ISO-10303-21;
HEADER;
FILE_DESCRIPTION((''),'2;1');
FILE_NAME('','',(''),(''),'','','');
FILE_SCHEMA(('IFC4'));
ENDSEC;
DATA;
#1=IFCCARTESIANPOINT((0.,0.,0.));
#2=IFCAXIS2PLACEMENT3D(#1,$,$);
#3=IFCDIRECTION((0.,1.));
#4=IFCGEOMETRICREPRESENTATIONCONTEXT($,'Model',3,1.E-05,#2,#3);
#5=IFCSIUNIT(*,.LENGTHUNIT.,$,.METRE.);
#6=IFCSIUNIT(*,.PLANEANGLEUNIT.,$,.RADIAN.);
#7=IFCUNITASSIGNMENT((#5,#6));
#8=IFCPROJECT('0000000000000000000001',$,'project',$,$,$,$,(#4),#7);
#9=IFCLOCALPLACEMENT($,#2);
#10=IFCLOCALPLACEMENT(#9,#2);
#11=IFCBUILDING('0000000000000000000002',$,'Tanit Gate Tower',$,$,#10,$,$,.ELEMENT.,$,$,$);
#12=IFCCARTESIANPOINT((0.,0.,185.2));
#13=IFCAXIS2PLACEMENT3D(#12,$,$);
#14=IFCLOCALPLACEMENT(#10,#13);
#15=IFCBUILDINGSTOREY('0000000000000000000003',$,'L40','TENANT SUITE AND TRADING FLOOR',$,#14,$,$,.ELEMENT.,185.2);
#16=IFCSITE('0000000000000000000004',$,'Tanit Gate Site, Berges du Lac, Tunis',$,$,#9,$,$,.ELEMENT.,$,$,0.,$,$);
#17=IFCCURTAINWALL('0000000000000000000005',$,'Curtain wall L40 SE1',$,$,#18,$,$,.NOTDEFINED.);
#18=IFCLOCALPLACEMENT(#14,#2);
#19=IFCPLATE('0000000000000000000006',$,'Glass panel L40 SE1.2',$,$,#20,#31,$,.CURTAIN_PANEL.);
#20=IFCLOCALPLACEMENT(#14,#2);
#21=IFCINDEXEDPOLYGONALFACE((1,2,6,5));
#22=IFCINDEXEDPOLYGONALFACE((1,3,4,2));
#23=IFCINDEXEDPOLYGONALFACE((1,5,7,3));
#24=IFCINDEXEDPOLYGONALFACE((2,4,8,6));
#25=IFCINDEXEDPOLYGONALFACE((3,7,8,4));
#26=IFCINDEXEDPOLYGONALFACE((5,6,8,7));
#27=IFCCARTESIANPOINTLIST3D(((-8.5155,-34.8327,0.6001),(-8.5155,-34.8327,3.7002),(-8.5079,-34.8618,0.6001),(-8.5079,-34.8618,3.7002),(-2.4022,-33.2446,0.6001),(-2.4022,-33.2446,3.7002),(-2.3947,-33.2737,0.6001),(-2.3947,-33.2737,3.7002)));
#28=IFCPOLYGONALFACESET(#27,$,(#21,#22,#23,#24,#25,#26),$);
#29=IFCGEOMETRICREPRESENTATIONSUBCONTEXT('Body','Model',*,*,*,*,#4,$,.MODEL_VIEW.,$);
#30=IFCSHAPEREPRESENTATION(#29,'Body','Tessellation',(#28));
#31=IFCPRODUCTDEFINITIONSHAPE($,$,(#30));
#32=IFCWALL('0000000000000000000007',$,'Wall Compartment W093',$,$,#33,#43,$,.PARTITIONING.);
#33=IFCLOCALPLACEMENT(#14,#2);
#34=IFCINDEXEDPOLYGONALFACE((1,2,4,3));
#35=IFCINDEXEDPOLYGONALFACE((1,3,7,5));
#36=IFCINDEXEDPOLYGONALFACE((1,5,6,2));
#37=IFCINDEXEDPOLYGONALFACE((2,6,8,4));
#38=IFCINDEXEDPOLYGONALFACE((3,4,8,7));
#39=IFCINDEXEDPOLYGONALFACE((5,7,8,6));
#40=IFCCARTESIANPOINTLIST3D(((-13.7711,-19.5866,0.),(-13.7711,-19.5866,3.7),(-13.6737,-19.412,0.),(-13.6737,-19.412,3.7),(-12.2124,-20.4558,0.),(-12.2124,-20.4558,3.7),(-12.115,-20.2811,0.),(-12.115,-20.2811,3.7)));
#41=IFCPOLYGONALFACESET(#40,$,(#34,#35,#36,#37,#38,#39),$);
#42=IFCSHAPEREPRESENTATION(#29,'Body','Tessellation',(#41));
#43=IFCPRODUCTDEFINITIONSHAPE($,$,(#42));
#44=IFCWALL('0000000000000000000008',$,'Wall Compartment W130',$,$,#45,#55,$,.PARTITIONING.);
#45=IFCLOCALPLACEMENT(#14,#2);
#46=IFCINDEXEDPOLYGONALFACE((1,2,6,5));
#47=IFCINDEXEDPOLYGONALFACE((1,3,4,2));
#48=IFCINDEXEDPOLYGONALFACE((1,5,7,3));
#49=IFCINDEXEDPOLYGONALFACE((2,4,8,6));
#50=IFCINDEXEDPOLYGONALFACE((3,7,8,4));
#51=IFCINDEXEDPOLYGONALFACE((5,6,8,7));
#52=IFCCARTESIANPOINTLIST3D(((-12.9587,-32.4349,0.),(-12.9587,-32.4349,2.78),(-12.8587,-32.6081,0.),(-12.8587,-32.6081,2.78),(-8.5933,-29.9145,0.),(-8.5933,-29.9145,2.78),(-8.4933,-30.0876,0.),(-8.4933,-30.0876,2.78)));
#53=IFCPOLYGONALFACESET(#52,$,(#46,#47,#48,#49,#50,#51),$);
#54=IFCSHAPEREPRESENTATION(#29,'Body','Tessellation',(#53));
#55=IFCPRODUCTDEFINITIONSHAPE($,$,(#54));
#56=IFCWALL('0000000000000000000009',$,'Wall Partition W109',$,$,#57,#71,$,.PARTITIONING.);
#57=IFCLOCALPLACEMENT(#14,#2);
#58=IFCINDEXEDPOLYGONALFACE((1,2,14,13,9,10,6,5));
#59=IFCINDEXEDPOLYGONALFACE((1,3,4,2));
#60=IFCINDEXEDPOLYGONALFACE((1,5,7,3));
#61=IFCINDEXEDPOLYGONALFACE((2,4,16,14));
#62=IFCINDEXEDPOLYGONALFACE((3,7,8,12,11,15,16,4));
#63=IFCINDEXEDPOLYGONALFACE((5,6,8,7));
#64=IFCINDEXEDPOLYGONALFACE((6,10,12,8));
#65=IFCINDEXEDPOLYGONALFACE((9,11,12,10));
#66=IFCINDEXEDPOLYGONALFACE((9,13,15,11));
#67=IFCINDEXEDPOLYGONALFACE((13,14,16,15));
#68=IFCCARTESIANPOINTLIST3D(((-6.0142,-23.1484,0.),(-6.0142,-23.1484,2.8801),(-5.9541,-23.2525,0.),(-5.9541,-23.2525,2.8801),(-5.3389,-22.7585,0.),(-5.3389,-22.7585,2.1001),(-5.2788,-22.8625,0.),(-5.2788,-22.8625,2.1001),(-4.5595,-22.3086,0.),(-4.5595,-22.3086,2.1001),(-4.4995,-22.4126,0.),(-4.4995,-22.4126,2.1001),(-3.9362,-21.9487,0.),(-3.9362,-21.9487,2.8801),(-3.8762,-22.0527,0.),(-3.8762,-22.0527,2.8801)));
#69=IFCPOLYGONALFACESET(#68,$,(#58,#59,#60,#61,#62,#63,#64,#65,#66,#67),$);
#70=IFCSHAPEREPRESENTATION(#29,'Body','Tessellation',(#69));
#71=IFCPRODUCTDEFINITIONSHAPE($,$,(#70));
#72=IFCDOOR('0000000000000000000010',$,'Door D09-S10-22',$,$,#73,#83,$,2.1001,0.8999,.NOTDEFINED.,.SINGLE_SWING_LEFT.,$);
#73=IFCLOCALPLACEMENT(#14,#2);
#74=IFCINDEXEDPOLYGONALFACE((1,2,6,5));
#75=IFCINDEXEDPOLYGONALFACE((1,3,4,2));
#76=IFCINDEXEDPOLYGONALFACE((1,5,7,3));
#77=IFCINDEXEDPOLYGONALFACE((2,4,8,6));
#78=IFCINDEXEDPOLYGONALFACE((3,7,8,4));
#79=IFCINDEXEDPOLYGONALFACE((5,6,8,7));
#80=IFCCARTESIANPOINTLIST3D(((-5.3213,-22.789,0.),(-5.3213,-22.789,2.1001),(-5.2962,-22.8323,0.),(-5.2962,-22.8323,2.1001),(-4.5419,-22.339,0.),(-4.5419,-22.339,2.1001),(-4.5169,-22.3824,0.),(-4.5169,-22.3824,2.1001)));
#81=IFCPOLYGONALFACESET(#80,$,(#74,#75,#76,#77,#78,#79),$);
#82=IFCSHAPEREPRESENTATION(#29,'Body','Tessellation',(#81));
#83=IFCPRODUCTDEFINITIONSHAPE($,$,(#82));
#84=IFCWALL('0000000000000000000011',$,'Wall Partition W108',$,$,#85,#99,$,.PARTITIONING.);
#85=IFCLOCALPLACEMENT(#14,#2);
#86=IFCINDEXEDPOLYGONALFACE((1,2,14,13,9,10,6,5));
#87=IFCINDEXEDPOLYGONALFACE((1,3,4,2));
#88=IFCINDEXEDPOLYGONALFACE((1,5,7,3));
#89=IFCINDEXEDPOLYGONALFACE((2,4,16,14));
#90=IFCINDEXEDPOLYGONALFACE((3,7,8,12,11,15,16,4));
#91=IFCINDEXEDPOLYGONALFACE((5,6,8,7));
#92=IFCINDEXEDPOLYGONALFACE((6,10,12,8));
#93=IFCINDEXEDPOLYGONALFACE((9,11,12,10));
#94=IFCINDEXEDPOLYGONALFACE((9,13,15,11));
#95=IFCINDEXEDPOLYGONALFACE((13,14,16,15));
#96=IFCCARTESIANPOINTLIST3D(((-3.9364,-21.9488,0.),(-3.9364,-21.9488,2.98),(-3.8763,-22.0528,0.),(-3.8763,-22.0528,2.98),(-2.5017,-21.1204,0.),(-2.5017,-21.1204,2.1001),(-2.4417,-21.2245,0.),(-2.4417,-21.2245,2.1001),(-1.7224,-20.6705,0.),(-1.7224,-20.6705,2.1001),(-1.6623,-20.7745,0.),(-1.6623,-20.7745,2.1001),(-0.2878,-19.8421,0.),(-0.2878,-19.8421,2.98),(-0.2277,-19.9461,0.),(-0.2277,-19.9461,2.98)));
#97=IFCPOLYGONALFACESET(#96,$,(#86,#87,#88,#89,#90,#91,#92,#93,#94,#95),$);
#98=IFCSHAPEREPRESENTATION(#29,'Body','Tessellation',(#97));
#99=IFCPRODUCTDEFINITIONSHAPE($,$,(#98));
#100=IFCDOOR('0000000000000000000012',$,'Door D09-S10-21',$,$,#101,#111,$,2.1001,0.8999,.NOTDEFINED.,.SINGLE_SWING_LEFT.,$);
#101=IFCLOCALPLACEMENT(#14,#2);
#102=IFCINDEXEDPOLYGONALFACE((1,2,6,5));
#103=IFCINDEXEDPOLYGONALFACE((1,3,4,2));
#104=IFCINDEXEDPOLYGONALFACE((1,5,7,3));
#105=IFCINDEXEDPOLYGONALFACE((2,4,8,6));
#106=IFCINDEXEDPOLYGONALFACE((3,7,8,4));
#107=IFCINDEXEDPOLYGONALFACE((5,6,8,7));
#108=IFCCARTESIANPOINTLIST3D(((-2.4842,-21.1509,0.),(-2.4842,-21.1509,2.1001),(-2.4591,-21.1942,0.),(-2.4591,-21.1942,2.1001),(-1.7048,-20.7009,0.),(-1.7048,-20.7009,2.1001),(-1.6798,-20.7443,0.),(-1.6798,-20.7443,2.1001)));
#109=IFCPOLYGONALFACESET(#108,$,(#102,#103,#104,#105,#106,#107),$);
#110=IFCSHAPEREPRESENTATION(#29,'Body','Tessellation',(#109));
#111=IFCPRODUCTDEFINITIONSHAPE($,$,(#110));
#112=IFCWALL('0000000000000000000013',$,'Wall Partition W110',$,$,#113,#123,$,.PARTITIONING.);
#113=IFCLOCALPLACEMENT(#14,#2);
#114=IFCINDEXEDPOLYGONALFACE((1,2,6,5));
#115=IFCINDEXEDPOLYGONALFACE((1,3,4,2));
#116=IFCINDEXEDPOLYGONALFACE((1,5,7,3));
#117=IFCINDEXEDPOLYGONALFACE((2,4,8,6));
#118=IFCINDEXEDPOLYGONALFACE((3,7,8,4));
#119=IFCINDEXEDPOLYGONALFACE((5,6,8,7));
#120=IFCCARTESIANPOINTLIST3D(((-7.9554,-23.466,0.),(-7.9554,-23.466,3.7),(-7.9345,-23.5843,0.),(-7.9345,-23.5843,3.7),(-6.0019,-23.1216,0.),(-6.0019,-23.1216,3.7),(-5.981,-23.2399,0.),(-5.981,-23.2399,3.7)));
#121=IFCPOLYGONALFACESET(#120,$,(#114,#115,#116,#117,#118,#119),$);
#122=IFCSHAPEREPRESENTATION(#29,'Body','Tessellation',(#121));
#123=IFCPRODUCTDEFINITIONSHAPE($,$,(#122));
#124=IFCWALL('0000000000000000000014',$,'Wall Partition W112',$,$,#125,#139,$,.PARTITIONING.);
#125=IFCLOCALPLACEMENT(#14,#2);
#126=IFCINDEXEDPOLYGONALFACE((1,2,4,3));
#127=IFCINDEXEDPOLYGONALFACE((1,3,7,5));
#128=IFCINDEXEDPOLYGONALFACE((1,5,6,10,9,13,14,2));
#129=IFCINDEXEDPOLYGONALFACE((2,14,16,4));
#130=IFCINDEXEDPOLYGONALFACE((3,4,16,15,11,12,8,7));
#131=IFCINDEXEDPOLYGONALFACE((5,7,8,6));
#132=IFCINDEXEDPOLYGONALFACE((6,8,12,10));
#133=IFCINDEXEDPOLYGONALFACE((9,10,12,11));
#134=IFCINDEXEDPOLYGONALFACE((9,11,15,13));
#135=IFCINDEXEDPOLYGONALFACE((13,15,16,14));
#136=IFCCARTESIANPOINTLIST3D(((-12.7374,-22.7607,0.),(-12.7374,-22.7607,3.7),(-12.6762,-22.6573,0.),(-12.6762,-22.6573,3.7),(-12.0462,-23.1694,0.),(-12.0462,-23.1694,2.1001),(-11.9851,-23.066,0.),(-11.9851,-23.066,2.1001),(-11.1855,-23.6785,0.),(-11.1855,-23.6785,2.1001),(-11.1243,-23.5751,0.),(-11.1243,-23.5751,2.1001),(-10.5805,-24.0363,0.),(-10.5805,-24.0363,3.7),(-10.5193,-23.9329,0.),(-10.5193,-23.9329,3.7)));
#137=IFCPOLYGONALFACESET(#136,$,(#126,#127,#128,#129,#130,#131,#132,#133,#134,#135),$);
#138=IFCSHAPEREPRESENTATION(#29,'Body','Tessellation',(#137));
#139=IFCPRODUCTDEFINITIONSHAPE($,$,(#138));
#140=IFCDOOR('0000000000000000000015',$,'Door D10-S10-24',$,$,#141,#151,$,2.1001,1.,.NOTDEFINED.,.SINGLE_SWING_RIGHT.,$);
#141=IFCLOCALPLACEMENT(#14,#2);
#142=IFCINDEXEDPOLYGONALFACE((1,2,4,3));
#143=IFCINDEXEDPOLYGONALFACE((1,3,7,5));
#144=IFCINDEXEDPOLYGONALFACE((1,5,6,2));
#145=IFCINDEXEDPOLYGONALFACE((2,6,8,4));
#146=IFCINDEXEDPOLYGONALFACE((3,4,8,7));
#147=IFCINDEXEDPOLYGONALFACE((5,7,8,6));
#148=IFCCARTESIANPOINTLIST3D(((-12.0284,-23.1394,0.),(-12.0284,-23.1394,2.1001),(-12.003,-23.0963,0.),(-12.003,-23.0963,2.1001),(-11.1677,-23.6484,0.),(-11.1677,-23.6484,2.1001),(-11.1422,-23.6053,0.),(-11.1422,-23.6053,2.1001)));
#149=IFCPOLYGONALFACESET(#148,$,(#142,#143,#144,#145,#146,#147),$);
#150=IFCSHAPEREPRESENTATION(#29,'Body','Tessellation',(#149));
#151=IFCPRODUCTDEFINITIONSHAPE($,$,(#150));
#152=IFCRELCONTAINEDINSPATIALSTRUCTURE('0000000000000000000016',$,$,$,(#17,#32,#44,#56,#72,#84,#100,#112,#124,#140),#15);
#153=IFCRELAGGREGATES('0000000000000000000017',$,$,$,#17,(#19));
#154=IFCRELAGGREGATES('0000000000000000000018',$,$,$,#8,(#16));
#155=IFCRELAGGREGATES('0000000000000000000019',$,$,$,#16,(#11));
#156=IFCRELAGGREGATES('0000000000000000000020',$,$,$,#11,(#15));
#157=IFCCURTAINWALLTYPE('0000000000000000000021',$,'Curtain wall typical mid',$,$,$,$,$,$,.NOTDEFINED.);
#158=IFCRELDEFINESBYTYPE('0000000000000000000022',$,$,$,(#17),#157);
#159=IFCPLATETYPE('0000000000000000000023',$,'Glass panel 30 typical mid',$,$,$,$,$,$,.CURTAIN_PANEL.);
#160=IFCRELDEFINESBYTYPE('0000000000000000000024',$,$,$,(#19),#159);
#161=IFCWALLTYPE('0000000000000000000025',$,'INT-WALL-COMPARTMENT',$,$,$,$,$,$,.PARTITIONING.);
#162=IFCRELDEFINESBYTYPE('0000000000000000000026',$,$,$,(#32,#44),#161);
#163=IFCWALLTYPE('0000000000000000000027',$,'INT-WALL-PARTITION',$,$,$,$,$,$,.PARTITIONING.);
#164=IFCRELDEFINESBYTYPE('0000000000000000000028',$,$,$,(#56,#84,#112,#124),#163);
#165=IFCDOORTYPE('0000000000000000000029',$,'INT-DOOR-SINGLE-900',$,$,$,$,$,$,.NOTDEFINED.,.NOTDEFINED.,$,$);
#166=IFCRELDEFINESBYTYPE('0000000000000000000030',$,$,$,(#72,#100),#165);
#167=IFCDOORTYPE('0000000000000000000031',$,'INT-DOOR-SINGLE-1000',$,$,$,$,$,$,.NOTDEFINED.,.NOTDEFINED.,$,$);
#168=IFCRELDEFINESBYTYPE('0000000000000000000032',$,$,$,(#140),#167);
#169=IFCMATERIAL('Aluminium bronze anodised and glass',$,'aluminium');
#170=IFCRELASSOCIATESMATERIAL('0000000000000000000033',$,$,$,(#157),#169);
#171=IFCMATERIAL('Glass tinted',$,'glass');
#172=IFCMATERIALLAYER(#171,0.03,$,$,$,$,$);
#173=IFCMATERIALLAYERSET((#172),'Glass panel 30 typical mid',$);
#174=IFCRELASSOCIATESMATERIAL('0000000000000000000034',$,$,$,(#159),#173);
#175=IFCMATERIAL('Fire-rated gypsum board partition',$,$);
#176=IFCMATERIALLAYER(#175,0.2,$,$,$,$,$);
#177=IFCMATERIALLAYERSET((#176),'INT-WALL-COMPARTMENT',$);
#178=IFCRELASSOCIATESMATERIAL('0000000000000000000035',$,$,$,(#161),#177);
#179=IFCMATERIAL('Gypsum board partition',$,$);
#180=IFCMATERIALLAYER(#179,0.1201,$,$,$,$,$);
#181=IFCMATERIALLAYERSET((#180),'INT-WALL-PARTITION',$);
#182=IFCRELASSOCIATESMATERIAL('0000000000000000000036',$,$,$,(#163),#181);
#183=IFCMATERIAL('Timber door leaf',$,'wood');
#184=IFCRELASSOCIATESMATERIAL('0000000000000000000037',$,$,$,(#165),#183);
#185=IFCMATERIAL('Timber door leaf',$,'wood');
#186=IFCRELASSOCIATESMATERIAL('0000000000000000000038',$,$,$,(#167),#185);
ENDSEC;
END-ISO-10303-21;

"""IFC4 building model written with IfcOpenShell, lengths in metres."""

from ifc_helpers import new_model, si_unit, direction, frame, frame_2d, origin, origin_2d, place, context, subcontext, project, spatial, rectangle, extrude, material, layer, layer_set, type_object, element, fill, aggregate, save


model = new_model("IFC4")

# Units and contexts
model_context = context("Model", 3, precision=1e-05, world=origin(), true_north=direction((0.0, 1.0)))
body_context = subcontext(model_context, "Body", "Model", "MODEL_VIEW")
ifc_project = project(units=[si_unit("LENGTHUNIT", "METRE"), si_unit("PLANEANGLEUNIT", "RADIAN")], contexts=[model_context])

# Site, building, storey
site_placement = place(None, origin())
site = spatial("IfcSite", under=ifc_project, at=site_placement, Name="Tanit Gate Site, Berges du Lac, Tunis", CompositionType="ELEMENT", RefElevation=0.0)
building_placement = place(site_placement, origin())
building = spatial("IfcBuilding", under=site, at=building_placement, Name="Tanit Gate Tower", CompositionType="ELEMENT")
storey_placement = place(building_placement, frame((0.0, 0.0, 185.2)))
storey = spatial("IfcBuildingStorey", under=building, at=storey_placement, Name="L40", Description="TENANT SUITE AND TRADING FLOOR", CompositionType="ELEMENT", Elevation=185.2)

# Curtain wall
ifc_material_1 = material(Name="Aluminium bronze anodised and glass", Category="aluminium")
curtain_wall_type = type_object("IfcCurtainWallType", Name="Curtain wall typical mid", PredefinedType="NOTDEFINED", material=ifc_material_1)
curtain_wall_placement = place(storey_placement, origin())
curtain_wall = element("IfcCurtainWall", 1, at=curtain_wall_placement, inside=storey, type_object=curtain_wall_type, Name="Curtain wall L40 SE1", PredefinedType="NOTDEFINED")

# Plate
ifc_material_2 = material(Name="Glass tinted", Category="glass")
ifc_layer_1 = layer(ifc_material_2, 0.03)
ifc_layer_set_1 = layer_set([ifc_layer_1], Name="Glass panel 30 typical mid")
plate_type = type_object("IfcPlateType", Name="Glass panel 30 typical mid", PredefinedType="CURTAIN_PANEL", material=ifc_layer_set_1)
plate_1_placement = place(storey_placement, frame((-5.4551, -34.0532, 0.6001), z_axis=(0.0, 0.0, 1.0), x_axis=(0.967875, 0.251432, 0.0)))
plate_1 = element("IfcPlate", 2, at=plate_1_placement, type_object=plate_type, Name="Glass panel L40 SE1.2", PredefinedType="CURTAIN_PANEL", context=body_context, shape_type="SweptSolid", body=[
    extrude(rectangle(XDim=6.3162, YDim=0.03, at=origin_2d()), origin(), (0.0, 0.0, 1.0), 3.1001),
])
aggregate(curtain_wall, [plate_1])

# Walls
ifc_material_3 = material(Name="Fire-rated gypsum board partition")
ifc_layer_2 = layer(ifc_material_3, 0.2)
ifc_layer_set_2 = layer_set([ifc_layer_2], Name="INT-WALL-COMPARTMENT")
wall_type_1 = type_object("IfcWallType", Name="INT-WALL-COMPARTMENT", PredefinedType="PARTITIONING", material=ifc_layer_set_2)
wall_1_placement = place(storey_placement, frame((-13.7224, -19.4993, 0.0), z_axis=(0.0, 0.0, 1.0), x_axis=(0.873382, -0.487036, 0.0)))
element("IfcWall", 3, at=wall_1_placement, inside=storey, type_object=wall_type_1, Name="Wall Compartment W093", PredefinedType="PARTITIONING", context=body_context, shape_type="SweptSolid", body=[
    extrude(rectangle(XDim=1.7847, YDim=0.2, at=frame_2d((0.8923, 0.0))), origin(), (0.0, 0.0, 1.0), 3.7),
])
wall_2_placement = place(storey_placement, frame((-8.5432, -30.001, 0.0), z_axis=(0.0, 0.0, 1.0), x_axis=(-0.866017, -0.500015, 0.0)))
element("IfcWall", 4, at=wall_2_placement, inside=storey, type_object=wall_type_1, Name="Wall Compartment W130", PredefinedType="PARTITIONING", context=body_context, shape_type="SweptSolid", body=[
    extrude(rectangle(XDim=5.0408, YDim=0.2, at=frame_2d((2.5205, 0.0))), origin(), (0.0, 0.0, 1.0), 2.78),
])

# Walls, openings, doors
ifc_material_4 = material(Name="Gypsum board partition")
ifc_layer_3 = layer(ifc_material_4, 0.1201)
ifc_layer_set_3 = layer_set([ifc_layer_3], Name="INT-WALL-PARTITION")
wall_type_2 = type_object("IfcWallType", Name="INT-WALL-PARTITION", PredefinedType="PARTITIONING", material=ifc_layer_set_3)
wall_3_placement = place(storey_placement, frame((-5.9841, -23.2004, 0.0), z_axis=(0.0, 0.0, 1.0), x_axis=(0.866018, 0.500013, 0.0)))
wall_3 = element("IfcWall", 5, at=wall_3_placement, inside=storey, type_object=wall_type_2, Name="Wall Partition W109", PredefinedType="PARTITIONING", context=body_context, shape_type="SweptSolid", body=[
    extrude(rectangle(XDim=2.3994, YDim=0.1201, at=frame_2d((1.1997, 0.0))), origin(), (0.0, 0.0, 1.0), 2.8801),
])
opening_1_placement = place(wall_3_placement, frame((0.7798, 0.0, 0.0)))
opening_1 = element("IfcOpeningElement", 6, at=opening_1_placement, cuts=wall_3, PredefinedType="OPENING", context=body_context, shape_type="SweptSolid", body=[
    extrude(rectangle(XDim=0.8999, YDim=2.1001, at=frame_2d((0.45, 1.05))), frame((0.0, 0.0701, 0.0), z_axis=(0.0, -1.0, 0.0), x_axis=(1.0, 0.0, 0.0)), (0.0, 0.0, 1.0), 0.1401),
])
ifc_material_5 = material(Name="Timber door leaf", Category="wood")
door_type_1 = type_object("IfcDoorType", Name="INT-DOOR-SINGLE-900", OperationType="NOTDEFINED", PredefinedType="NOTDEFINED", material=ifc_material_5)
door_1_placement = place(opening_1_placement, origin())
door_1 = element("IfcDoor", 7, at=door_1_placement, inside=storey, type_object=door_type_1, Name="Door D09-S10-22", OperationType="SINGLE_SWING_LEFT", OverallHeight=2.1001, OverallWidth=0.8999, PredefinedType="NOTDEFINED", context=body_context, shape_type="SweptSolid", body=[
    extrude(rectangle(XDim=0.8999, YDim=2.1001, at=frame_2d((0.45, 1.05))), frame((0.0, 0.0249, 0.0), z_axis=(0.0, -1.0, 0.0), x_axis=(1.0, 0.0, 0.0)), (0.0, 0.0, 1.0), 0.05),
])
fill(opening_1, door_1)
wall_4_placement = place(storey_placement, frame((-3.9062, -22.0007, 0.0), z_axis=(0.0, 0.0, 1.0), x_axis=(0.866013, 0.500022, 0.0)))
wall_4 = element("IfcWall", 8, at=wall_4_placement, inside=storey, type_object=wall_type_2, Name="Wall Partition W108", PredefinedType="PARTITIONING", context=body_context, shape_type="SweptSolid", body=[
    extrude(rectangle(XDim=4.2131, YDim=0.1201, at=frame_2d((2.1064, 0.0))), origin(), (0.0, 0.0, 1.0), 2.98),
])
opening_2_placement = place(wall_4_placement, frame((1.6565, 0.0, 0.0)))
opening_2 = element("IfcOpeningElement", 9, at=opening_2_placement, cuts=wall_4, PredefinedType="OPENING", context=body_context, shape_type="SweptSolid", body=[
    extrude(rectangle(XDim=0.8999, YDim=2.1001, at=frame_2d((0.45, 1.05))), frame((0.0, 0.0701, 0.0), z_axis=(0.0, -1.0, 0.0), x_axis=(1.0, 0.0, 0.0)), (0.0, 0.0, 1.0), 0.1401),
])
door_2_placement = place(opening_2_placement, origin())
door_2 = element("IfcDoor", 10, at=door_2_placement, inside=storey, type_object=door_type_1, Name="Door D09-S10-21", OperationType="SINGLE_SWING_LEFT", OverallHeight=2.1001, OverallWidth=0.8999, PredefinedType="NOTDEFINED", context=body_context, shape_type="SweptSolid", body=[
    extrude(rectangle(XDim=0.8999, YDim=2.1001, at=frame_2d((0.45, 1.05))), frame((0.0, 0.0249, 0.0), z_axis=(0.0, -1.0, 0.0), x_axis=(1.0, 0.0, 0.0)), (0.0, 0.0, 1.0), 0.05),
])
fill(opening_2, door_2)

# Wall
wall_5_placement = place(storey_placement, frame((-7.9448, -23.5251, 0.0), z_axis=(0.0, 0.0, 1.0), x_axis=(0.984807, 0.173652, 0.0)))
element("IfcWall", 11, at=wall_5_placement, inside=storey, type_object=wall_type_2, Name="Wall Partition W110", PredefinedType="PARTITIONING", context=body_context, shape_type="SweptSolid", body=[
    extrude(rectangle(XDim=1.9836, YDim=0.1201, at=frame_2d((0.9917, 0.0))), origin(), (0.0, 0.0, 1.0), 3.7),
])

# Wall, opening, door
wall_6_placement = place(storey_placement, frame((-12.7068, -22.709, 0.0), z_axis=(0.0, 0.0, 1.0), x_axis=(0.860742, -0.509041, 0.0)))
wall_6 = element("IfcWall", 12, at=wall_6_placement, inside=storey, type_object=wall_type_2, Name="Wall Partition W112", PredefinedType="PARTITIONING", context=body_context, shape_type="SweptSolid", body=[
    extrude(rectangle(XDim=2.5059, YDim=0.1201, at=frame_2d((1.2529, 0.0))), origin(), (0.0, 0.0, 1.0), 3.7),
])
opening_3_placement = place(wall_6_placement, frame((0.803, 0.0, 0.0)))
opening_3 = element("IfcOpeningElement", 13, at=opening_3_placement, cuts=wall_6, PredefinedType="OPENING", context=body_context, shape_type="SweptSolid", body=[
    extrude(rectangle(XDim=1.0, YDim=2.1001, at=frame_2d((0.5, 1.05))), frame((0.0, 0.0701, 0.0), z_axis=(0.0, -1.0, 0.0), x_axis=(1.0, 0.0, 0.0)), (0.0, 0.0, 1.0), 0.1401),
])
ifc_material_6 = material(Name="Timber door leaf", Category="wood")
door_type_2 = type_object("IfcDoorType", Name="INT-DOOR-SINGLE-1000", OperationType="NOTDEFINED", PredefinedType="NOTDEFINED", material=ifc_material_6)
door_3_placement = place(opening_3_placement, origin())
door_3 = element("IfcDoor", 14, at=door_3_placement, inside=storey, type_object=door_type_2, Name="Door D10-S10-24", OperationType="SINGLE_SWING_RIGHT", OverallHeight=2.1001, OverallWidth=1.0, PredefinedType="NOTDEFINED", context=body_context, shape_type="SweptSolid", body=[
    extrude(rectangle(XDim=1.0, YDim=2.1001, at=frame_2d((0.5, 1.05))), frame((0.0, 0.0249, 0.0), z_axis=(0.0, -1.0, 0.0), x_axis=(1.0, 0.0, 0.0)), (0.0, 0.0, 1.0), 0.05),
])
fill(opening_3, door_3)

save(model, "model.ifc")
